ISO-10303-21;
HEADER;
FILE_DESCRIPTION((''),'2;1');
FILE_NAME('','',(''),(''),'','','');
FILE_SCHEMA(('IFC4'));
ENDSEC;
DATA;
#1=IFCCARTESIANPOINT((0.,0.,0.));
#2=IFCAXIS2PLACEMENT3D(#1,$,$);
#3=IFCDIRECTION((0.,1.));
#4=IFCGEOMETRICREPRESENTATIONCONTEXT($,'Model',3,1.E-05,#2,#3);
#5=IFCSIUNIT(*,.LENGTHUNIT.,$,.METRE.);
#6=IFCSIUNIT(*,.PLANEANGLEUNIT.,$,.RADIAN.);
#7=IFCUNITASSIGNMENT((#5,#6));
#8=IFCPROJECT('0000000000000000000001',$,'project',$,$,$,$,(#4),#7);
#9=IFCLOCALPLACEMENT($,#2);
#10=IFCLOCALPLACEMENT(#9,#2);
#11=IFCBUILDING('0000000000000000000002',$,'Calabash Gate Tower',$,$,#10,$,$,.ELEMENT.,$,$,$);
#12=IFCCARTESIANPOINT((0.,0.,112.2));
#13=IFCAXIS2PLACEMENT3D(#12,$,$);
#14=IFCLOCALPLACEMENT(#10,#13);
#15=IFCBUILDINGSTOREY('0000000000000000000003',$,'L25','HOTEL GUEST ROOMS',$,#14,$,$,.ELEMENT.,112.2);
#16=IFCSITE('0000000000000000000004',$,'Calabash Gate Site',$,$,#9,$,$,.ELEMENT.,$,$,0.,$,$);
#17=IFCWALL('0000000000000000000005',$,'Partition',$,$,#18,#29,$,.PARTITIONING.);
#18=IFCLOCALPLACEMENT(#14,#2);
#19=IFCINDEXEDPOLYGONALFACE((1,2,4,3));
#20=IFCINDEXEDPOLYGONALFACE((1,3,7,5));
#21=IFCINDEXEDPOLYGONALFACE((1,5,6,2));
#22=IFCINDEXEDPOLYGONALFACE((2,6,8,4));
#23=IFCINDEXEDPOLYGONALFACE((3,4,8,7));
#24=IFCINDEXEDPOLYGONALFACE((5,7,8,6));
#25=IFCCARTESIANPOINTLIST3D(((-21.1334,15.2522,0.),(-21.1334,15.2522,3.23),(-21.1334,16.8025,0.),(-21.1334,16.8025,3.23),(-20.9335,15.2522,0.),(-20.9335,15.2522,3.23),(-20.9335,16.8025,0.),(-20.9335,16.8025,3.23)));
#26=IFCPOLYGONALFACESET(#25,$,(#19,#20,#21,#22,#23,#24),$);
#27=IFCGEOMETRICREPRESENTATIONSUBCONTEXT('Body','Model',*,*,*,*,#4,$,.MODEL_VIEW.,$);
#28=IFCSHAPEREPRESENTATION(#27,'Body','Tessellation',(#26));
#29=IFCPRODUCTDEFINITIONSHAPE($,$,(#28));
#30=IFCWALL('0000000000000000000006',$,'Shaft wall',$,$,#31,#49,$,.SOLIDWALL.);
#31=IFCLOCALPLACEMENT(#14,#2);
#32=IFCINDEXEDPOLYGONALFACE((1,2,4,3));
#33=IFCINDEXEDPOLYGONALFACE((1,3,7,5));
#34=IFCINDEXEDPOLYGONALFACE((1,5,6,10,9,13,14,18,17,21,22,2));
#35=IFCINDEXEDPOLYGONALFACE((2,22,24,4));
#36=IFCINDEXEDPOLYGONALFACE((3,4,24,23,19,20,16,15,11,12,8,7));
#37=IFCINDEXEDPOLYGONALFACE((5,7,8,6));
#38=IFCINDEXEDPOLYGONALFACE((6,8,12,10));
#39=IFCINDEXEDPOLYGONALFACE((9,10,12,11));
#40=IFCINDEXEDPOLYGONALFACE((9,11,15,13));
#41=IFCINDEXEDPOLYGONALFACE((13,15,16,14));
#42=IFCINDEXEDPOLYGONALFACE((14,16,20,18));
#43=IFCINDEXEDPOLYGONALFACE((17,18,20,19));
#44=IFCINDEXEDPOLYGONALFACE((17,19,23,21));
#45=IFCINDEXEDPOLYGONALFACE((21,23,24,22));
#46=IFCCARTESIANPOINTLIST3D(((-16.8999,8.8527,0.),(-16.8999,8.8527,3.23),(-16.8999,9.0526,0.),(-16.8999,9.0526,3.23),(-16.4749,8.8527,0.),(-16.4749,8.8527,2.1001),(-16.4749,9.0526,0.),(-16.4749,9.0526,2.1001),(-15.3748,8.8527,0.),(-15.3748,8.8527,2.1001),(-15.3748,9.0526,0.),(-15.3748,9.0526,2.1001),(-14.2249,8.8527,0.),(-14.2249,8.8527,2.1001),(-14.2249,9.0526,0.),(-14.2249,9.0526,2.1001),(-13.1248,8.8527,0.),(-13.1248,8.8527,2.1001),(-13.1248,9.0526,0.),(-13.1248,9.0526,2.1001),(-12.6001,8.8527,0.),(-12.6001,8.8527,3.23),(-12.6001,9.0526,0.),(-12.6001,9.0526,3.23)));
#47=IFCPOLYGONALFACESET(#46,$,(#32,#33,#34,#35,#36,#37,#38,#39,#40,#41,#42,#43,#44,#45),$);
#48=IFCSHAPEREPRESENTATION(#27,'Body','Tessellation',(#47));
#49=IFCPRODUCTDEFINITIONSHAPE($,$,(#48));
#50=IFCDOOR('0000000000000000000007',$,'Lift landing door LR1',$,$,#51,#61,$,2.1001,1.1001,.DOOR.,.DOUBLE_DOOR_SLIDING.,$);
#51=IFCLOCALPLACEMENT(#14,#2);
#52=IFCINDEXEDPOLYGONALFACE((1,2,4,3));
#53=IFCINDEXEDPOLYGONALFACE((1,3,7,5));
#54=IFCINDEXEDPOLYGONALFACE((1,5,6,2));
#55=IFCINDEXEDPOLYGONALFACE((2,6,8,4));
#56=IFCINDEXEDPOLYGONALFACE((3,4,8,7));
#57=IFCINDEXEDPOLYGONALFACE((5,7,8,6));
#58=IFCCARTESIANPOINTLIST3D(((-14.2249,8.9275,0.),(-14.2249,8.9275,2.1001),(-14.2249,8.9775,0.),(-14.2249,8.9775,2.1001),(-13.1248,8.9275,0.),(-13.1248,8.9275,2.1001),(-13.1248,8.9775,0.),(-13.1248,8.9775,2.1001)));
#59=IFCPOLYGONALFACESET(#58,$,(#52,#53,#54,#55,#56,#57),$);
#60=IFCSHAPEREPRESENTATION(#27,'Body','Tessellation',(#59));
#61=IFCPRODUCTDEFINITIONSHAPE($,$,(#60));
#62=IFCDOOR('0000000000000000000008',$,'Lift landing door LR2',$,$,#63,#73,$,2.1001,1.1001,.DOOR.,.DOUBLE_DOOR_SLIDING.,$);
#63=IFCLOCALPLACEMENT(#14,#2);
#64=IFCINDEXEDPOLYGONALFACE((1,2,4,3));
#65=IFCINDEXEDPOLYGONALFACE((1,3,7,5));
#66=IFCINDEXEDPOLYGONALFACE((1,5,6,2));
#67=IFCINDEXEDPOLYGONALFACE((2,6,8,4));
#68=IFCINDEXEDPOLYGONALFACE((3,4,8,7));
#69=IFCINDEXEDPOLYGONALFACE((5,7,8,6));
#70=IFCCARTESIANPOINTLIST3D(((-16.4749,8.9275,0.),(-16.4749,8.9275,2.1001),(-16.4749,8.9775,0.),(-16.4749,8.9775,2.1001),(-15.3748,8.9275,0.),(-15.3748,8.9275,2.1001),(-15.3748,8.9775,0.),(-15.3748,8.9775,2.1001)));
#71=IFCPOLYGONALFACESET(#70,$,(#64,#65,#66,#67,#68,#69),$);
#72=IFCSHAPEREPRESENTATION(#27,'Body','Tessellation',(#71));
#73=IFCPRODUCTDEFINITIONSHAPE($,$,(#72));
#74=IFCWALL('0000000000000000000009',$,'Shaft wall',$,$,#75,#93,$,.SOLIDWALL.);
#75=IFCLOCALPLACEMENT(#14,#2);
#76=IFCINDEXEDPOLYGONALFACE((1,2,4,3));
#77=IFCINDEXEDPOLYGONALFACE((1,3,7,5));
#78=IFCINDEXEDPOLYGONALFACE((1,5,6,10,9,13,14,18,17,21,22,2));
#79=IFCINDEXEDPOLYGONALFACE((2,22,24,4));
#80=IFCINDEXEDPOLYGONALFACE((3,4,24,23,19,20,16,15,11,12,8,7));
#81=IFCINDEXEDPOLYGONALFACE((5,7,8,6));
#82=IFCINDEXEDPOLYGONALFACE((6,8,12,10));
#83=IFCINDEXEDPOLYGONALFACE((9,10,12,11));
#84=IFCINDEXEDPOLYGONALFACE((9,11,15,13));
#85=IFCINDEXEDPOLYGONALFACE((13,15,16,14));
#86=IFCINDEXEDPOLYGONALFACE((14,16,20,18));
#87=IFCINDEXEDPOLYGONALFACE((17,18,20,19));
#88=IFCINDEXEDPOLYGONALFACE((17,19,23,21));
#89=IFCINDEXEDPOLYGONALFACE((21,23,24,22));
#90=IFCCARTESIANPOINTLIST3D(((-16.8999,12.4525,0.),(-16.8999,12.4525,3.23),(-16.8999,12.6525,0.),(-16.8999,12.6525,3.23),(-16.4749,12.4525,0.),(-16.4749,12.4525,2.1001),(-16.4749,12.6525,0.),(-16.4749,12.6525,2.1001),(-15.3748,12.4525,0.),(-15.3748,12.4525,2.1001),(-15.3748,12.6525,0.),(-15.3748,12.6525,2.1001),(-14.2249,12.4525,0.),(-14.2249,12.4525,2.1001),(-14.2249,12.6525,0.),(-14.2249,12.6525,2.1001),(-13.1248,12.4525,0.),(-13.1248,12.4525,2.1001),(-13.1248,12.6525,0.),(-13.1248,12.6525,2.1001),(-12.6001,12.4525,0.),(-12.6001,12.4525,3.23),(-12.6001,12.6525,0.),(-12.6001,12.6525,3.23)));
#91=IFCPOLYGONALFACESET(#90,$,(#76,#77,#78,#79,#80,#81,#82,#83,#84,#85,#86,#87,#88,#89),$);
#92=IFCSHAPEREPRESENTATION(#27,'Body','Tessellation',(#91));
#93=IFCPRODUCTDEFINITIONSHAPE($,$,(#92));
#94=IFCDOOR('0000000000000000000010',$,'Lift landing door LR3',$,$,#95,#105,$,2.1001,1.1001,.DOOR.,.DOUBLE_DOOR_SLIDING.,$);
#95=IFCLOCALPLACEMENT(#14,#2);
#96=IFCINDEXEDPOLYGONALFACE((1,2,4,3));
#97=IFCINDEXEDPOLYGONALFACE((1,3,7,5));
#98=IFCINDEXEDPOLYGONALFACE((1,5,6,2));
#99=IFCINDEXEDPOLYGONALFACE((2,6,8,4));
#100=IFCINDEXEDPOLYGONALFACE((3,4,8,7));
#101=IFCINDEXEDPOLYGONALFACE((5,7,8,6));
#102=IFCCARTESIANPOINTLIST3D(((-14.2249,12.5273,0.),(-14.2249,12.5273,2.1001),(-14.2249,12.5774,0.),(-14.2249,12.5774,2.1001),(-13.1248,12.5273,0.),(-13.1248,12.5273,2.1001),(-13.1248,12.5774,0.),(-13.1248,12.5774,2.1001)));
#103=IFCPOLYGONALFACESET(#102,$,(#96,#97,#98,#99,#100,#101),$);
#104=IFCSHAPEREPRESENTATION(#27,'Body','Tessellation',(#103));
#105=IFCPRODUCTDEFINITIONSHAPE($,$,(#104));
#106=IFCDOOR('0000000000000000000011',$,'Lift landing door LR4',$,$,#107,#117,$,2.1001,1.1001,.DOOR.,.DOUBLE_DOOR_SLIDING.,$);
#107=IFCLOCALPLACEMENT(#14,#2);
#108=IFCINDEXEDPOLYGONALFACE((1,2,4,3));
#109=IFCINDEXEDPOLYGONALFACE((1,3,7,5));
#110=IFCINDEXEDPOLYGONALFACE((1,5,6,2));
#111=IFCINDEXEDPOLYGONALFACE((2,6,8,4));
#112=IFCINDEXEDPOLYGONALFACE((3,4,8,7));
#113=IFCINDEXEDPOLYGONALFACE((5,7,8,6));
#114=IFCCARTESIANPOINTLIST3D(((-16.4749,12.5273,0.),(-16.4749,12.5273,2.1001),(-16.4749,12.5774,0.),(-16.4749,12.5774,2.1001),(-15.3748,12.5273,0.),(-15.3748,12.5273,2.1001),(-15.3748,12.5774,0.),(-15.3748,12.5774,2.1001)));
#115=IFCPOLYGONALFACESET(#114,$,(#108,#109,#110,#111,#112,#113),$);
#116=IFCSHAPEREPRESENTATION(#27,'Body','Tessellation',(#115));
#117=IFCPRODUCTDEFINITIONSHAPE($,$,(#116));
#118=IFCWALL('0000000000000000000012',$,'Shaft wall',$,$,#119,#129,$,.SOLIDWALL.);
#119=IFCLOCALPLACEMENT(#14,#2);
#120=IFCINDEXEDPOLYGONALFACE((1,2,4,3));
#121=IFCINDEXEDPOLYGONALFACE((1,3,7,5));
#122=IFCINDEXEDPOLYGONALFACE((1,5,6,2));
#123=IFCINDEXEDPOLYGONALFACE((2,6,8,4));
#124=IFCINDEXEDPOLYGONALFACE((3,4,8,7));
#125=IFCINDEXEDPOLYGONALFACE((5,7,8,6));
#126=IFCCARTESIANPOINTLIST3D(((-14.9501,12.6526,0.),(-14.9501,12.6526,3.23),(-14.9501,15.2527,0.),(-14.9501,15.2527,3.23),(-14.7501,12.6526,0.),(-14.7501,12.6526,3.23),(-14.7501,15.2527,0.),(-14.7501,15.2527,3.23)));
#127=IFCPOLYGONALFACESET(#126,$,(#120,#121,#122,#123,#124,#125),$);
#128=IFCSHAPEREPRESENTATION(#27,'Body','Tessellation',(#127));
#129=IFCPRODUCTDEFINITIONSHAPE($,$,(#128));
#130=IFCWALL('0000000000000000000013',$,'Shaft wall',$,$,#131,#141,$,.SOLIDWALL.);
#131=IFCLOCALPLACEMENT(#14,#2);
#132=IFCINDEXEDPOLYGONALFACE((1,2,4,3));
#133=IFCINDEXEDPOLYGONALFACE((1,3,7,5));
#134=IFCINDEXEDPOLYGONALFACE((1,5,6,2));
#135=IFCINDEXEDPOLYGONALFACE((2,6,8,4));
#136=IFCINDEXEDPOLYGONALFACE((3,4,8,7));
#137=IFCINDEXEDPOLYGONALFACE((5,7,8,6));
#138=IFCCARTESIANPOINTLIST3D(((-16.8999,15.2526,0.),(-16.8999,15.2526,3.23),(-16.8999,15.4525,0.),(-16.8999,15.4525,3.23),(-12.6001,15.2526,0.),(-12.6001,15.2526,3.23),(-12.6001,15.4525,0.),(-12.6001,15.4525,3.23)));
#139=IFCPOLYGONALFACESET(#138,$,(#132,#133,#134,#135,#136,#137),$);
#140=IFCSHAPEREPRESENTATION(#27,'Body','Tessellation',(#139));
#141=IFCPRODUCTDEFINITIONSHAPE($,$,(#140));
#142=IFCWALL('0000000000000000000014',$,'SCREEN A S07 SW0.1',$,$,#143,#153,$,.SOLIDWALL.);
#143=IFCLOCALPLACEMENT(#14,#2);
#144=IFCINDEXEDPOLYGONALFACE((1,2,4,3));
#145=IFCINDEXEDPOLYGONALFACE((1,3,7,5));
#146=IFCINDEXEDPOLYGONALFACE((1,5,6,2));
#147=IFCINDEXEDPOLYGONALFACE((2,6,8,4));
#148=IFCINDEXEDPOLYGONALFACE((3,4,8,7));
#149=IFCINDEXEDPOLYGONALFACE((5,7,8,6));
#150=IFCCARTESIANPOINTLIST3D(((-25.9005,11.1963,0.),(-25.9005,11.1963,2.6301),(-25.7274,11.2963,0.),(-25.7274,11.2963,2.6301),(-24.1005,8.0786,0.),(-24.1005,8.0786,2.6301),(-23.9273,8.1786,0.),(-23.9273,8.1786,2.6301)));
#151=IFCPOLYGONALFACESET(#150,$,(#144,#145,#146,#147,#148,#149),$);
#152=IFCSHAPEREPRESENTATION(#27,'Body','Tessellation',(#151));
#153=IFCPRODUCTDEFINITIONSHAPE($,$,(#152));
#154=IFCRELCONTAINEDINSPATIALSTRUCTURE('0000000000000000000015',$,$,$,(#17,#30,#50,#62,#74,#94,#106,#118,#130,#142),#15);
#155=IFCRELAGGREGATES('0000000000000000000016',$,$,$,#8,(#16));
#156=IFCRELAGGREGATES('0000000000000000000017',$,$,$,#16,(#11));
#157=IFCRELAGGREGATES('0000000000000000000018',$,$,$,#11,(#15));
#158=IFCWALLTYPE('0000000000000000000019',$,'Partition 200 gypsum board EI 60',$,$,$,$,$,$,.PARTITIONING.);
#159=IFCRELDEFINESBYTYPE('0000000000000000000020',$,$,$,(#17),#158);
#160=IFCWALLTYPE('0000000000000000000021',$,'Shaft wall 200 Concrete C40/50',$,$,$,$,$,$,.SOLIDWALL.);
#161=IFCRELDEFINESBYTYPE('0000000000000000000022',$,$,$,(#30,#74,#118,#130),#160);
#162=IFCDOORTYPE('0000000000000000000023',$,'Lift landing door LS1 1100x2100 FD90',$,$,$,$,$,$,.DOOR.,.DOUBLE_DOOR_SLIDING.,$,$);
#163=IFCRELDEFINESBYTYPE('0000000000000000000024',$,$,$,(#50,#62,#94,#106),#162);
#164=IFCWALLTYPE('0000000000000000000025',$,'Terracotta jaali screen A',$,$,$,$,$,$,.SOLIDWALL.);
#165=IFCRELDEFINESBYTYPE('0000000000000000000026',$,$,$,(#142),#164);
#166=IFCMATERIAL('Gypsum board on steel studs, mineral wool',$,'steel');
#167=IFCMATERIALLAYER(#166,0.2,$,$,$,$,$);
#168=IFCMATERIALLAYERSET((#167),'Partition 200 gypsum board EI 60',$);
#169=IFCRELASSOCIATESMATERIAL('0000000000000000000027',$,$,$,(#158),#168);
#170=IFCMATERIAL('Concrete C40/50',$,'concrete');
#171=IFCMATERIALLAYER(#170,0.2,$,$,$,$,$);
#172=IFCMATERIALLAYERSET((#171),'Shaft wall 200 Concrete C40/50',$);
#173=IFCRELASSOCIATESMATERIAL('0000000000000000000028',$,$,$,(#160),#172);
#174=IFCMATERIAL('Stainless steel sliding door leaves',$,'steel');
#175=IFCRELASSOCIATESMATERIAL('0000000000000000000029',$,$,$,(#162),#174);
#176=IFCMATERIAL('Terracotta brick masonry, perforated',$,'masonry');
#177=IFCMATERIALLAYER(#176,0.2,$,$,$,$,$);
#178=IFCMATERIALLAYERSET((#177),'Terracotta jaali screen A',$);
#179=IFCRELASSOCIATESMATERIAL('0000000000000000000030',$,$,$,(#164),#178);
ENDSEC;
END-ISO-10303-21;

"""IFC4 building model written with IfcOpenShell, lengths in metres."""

from ifc_helpers import new_model, si_unit, direction, frame, frame_2d, origin, place, context, subcontext, project, spatial, rectangle, extrude, material, layer, layer_set, type_object, element, fill, save


model = new_model("IFC4")

# Units and contexts
model_context = context("Model", 3, precision=1e-05, world=origin(), true_north=direction((0.0, 1.0)))
body_context = subcontext(model_context, "Body", "Model", "MODEL_VIEW")
ifc_project = project(units=[si_unit("LENGTHUNIT", "METRE"), si_unit("PLANEANGLEUNIT", "RADIAN")], contexts=[model_context])

# Site, building, storey
site_placement = place(None, origin())
site = spatial("IfcSite", under=ifc_project, at=site_placement, Name="Calabash Gate Site", CompositionType="ELEMENT", RefElevation=0.0)
building_placement = place(site_placement, origin())
building = spatial("IfcBuilding", under=site, at=building_placement, Name="Calabash Gate Tower", CompositionType="ELEMENT")
storey_placement = place(building_placement, frame((0.0, 0.0, 112.2)))
storey = spatial("IfcBuildingStorey", under=building, at=storey_placement, Name="L25", Description="HOTEL GUEST ROOMS", CompositionType="ELEMENT", Elevation=112.2)

# Shared definitions
ifc_material_1 = material(Name="Gypsum board on steel studs, mineral wool", Category="steel")
ifc_layer_1 = layer(ifc_material_1, 0.2)
ifc_layer_set_1 = layer_set([ifc_layer_1], Name="Partition 200 gypsum board EI 60")
wall_type_1 = type_object("IfcWallType", Name="Partition 200 gypsum board EI 60", PredefinedType="PARTITIONING", material=ifc_layer_set_1)

# Wall
wall_1_placement = place(storey_placement, frame((-21.0334, 16.8025, 0.0), z_axis=(0.0, 0.0, 1.0), x_axis=(0.0, -1.0, 0.0)))
element("IfcWall", 1, at=wall_1_placement, inside=storey, type_object=wall_type_1, Name="Partition", PredefinedType="PARTITIONING", context=body_context, shape_type="SweptSolid", body=[
    extrude(rectangle(XDim=1.5503, YDim=0.2, at=frame_2d((0.7751, 0.0))), origin(), (0.0, 0.0, 1.0), 3.23),
])

# Walls, openings, doors
ifc_material_2 = material(Name="Concrete C40/50", Category="concrete")
ifc_layer_2 = layer(ifc_material_2, 0.2)
ifc_layer_set_2 = layer_set([ifc_layer_2], Name="Shaft wall 200 Concrete C40/50")
wall_type_2 = type_object("IfcWallType", Name="Shaft wall 200 Concrete C40/50", PredefinedType="SOLIDWALL", material=ifc_layer_set_2)
wall_2_placement = place(storey_placement, frame((-16.8999, 8.9526, 0.0), z_axis=(0.0, 0.0, 1.0), x_axis=(1.0, 0.0, 0.0)))
wall_2 = element("IfcWall", 2, at=wall_2_placement, inside=storey, type_object=wall_type_2, Name="Shaft wall", PredefinedType="SOLIDWALL", context=body_context, shape_type="SweptSolid", body=[
    extrude(rectangle(XDim=4.2998, YDim=0.2, at=frame_2d((2.1499, 0.0))), origin(), (0.0, 0.0, 1.0), 3.23),
])
opening_1_placement = place(wall_2_placement, frame((2.675, 0.0, 0.0)))
opening_1 = element("IfcOpeningElement", 3, at=opening_1_placement, cuts=wall_2, PredefinedType="OPENING", context=body_context, shape_type="SweptSolid", body=[
    extrude(rectangle(XDim=1.1001, YDim=2.1001, at=frame_2d((0.55, 1.05))), frame((0.0, 0.1099, 0.0), z_axis=(0.0, -1.0, 0.0), x_axis=(1.0, 0.0, 0.0)), (0.0, 0.0, 1.0), 0.22),
])
opening_2_placement = place(wall_2_placement, frame((0.425, 0.0, 0.0)))
opening_2 = element("IfcOpeningElement", 4, at=opening_2_placement, cuts=wall_2, PredefinedType="OPENING", context=body_context, shape_type="SweptSolid", body=[
    extrude(rectangle(XDim=1.1001, YDim=2.1001, at=frame_2d((0.55, 1.05))), frame((0.0, 0.1099, 0.0), z_axis=(0.0, -1.0, 0.0), x_axis=(1.0, 0.0, 0.0)), (0.0, 0.0, 1.0), 0.22),
])
ifc_material_3 = material(Name="Stainless steel sliding door leaves", Category="steel")
door_type_1 = type_object("IfcDoorType", Name="Lift landing door LS1 1100x2100 FD90", OperationType="DOUBLE_DOOR_SLIDING", PredefinedType="DOOR", material=ifc_material_3)
door_1_placement = place(opening_1_placement, origin())
door_1 = element("IfcDoor", 5, at=door_1_placement, inside=storey, type_object=door_type_1, Name="Lift landing door LR1", OperationType="DOUBLE_DOOR_SLIDING", OverallHeight=2.1001, OverallWidth=1.1001, PredefinedType="DOOR", context=body_context, shape_type="SweptSolid", body=[
    extrude(rectangle(XDim=1.1001, YDim=2.1001, at=frame_2d((0.55, 1.05))), frame((0.0, 0.0249, 0.0), z_axis=(0.0, -1.0, 0.0), x_axis=(1.0, 0.0, 0.0)), (0.0, 0.0, 1.0), 0.05),
])
fill(opening_1, door_1)
door_2_placement = place(opening_2_placement, origin())
door_2 = element("IfcDoor", 6, at=door_2_placement, inside=storey, type_object=door_type_1, Name="Lift landing door LR2", OperationType="DOUBLE_DOOR_SLIDING", OverallHeight=2.1001, OverallWidth=1.1001, PredefinedType="DOOR", context=body_context, shape_type="SweptSolid", body=[
    extrude(rectangle(XDim=1.1001, YDim=2.1001, at=frame_2d((0.55, 1.05))), frame((0.0, 0.0249, 0.0), z_axis=(0.0, -1.0, 0.0), x_axis=(1.0, 0.0, 0.0)), (0.0, 0.0, 1.0), 0.05),
])
fill(opening_2, door_2)
wall_3_placement = place(storey_placement, frame((-16.8999, 12.5525, 0.0), z_axis=(0.0, 0.0, 1.0), x_axis=(1.0, 0.0, 0.0)))
wall_3 = element("IfcWall", 7, at=wall_3_placement, inside=storey, type_object=wall_type_2, Name="Shaft wall", PredefinedType="SOLIDWALL", context=body_context, shape_type="SweptSolid", body=[
    extrude(rectangle(XDim=4.2998, YDim=0.2, at=frame_2d((2.1499, 0.0))), origin(), (0.0, 0.0, 1.0), 3.23),
])
opening_3_placement = place(wall_3_placement, frame((2.675, 0.0, 0.0)))
opening_3 = element("IfcOpeningElement", 8, at=opening_3_placement, cuts=wall_3, PredefinedType="OPENING", context=body_context, shape_type="SweptSolid", body=[
    extrude(rectangle(XDim=1.1001, YDim=2.1001, at=frame_2d((0.55, 1.05))), frame((0.0, 0.1099, 0.0), z_axis=(0.0, -1.0, 0.0), x_axis=(1.0, 0.0, 0.0)), (0.0, 0.0, 1.0), 0.22),
])
opening_4_placement = place(wall_3_placement, frame((0.425, 0.0, 0.0)))
opening_4 = element("IfcOpeningElement", 9, at=opening_4_placement, cuts=wall_3, PredefinedType="OPENING", context=body_context, shape_type="SweptSolid", body=[
    extrude(rectangle(XDim=1.1001, YDim=2.1001, at=frame_2d((0.55, 1.05))), frame((0.0, 0.1099, 0.0), z_axis=(0.0, -1.0, 0.0), x_axis=(1.0, 0.0, 0.0)), (0.0, 0.0, 1.0), 0.22),
])
door_3_placement = place(opening_3_placement, origin())
door_3 = element("IfcDoor", 10, at=door_3_placement, inside=storey, type_object=door_type_1, Name="Lift landing door LR3", OperationType="DOUBLE_DOOR_SLIDING", OverallHeight=2.1001, OverallWidth=1.1001, PredefinedType="DOOR", context=body_context, shape_type="SweptSolid", body=[
    extrude(rectangle(XDim=1.1001, YDim=2.1001, at=frame_2d((0.55, 1.05))), frame((0.0, 0.0249, 0.0), z_axis=(0.0, -1.0, 0.0), x_axis=(1.0, 0.0, 0.0)), (0.0, 0.0, 1.0), 0.05),
])
fill(opening_3, door_3)
door_4_placement = place(opening_4_placement, origin())
door_4 = element("IfcDoor", 11, at=door_4_placement, inside=storey, type_object=door_type_1, Name="Lift landing door LR4", OperationType="DOUBLE_DOOR_SLIDING", OverallHeight=2.1001, OverallWidth=1.1001, PredefinedType="DOOR", context=body_context, shape_type="SweptSolid", body=[
    extrude(rectangle(XDim=1.1001, YDim=2.1001, at=frame_2d((0.55, 1.05))), frame((0.0, 0.0249, 0.0), z_axis=(0.0, -1.0, 0.0), x_axis=(1.0, 0.0, 0.0)), (0.0, 0.0, 1.0), 0.05),
])
fill(opening_4, door_4)

# Walls
wall_4_placement = place(storey_placement, frame((-14.8501, 12.6526, 0.0), z_axis=(0.0, 0.0, 1.0), x_axis=(0.0, 1.0, 0.0)))
element("IfcWall", 12, at=wall_4_placement, inside=storey, type_object=wall_type_2, Name="Shaft wall", PredefinedType="SOLIDWALL", context=body_context, shape_type="SweptSolid", body=[
    extrude(rectangle(XDim=2.6001, YDim=0.2, at=frame_2d((1.3, 0.0))), origin(), (0.0, 0.0, 1.0), 3.23),
])
wall_5_placement = place(storey_placement, frame((-16.8999, 15.3525, 0.0), z_axis=(0.0, 0.0, 1.0), x_axis=(1.0, 0.0, 0.0)))
element("IfcWall", 13, at=wall_5_placement, inside=storey, type_object=wall_type_2, Name="Shaft wall", PredefinedType="SOLIDWALL", context=body_context, shape_type="SweptSolid", body=[
    extrude(rectangle(XDim=4.2998, YDim=0.2, at=frame_2d((2.1499, 0.0))), origin(), (0.0, 0.0, 1.0), 3.23),
])
ifc_material_4 = material(Name="Terracotta brick masonry, perforated", Category="masonry")
ifc_layer_3 = layer(ifc_material_4, 0.2)
ifc_layer_set_3 = layer_set([ifc_layer_3], Name="Terracotta jaali screen A")
wall_type_3 = type_object("IfcWallType", Name="Terracotta jaali screen A", PredefinedType="SOLIDWALL", material=ifc_layer_set_3)
wall_6_placement = place(storey_placement, frame((-25.814, 11.2463, 0.0), z_axis=(0.0, 0.0, 1.0), x_axis=(0.500012, -0.866018, 0.0)))
element("IfcWall", 14, at=wall_6_placement, inside=storey, type_object=wall_type_3, Name="SCREEN A S07 SW0.1", PredefinedType="SOLIDWALL", context=body_context, shape_type="SweptSolid", body=[
    extrude(rectangle(XDim=3.6001, YDim=0.2, at=frame_2d((1.8, 0.0))), origin(), (0.0, 0.0, 1.0), 2.6301),
])

save(model, "model.ifc")
